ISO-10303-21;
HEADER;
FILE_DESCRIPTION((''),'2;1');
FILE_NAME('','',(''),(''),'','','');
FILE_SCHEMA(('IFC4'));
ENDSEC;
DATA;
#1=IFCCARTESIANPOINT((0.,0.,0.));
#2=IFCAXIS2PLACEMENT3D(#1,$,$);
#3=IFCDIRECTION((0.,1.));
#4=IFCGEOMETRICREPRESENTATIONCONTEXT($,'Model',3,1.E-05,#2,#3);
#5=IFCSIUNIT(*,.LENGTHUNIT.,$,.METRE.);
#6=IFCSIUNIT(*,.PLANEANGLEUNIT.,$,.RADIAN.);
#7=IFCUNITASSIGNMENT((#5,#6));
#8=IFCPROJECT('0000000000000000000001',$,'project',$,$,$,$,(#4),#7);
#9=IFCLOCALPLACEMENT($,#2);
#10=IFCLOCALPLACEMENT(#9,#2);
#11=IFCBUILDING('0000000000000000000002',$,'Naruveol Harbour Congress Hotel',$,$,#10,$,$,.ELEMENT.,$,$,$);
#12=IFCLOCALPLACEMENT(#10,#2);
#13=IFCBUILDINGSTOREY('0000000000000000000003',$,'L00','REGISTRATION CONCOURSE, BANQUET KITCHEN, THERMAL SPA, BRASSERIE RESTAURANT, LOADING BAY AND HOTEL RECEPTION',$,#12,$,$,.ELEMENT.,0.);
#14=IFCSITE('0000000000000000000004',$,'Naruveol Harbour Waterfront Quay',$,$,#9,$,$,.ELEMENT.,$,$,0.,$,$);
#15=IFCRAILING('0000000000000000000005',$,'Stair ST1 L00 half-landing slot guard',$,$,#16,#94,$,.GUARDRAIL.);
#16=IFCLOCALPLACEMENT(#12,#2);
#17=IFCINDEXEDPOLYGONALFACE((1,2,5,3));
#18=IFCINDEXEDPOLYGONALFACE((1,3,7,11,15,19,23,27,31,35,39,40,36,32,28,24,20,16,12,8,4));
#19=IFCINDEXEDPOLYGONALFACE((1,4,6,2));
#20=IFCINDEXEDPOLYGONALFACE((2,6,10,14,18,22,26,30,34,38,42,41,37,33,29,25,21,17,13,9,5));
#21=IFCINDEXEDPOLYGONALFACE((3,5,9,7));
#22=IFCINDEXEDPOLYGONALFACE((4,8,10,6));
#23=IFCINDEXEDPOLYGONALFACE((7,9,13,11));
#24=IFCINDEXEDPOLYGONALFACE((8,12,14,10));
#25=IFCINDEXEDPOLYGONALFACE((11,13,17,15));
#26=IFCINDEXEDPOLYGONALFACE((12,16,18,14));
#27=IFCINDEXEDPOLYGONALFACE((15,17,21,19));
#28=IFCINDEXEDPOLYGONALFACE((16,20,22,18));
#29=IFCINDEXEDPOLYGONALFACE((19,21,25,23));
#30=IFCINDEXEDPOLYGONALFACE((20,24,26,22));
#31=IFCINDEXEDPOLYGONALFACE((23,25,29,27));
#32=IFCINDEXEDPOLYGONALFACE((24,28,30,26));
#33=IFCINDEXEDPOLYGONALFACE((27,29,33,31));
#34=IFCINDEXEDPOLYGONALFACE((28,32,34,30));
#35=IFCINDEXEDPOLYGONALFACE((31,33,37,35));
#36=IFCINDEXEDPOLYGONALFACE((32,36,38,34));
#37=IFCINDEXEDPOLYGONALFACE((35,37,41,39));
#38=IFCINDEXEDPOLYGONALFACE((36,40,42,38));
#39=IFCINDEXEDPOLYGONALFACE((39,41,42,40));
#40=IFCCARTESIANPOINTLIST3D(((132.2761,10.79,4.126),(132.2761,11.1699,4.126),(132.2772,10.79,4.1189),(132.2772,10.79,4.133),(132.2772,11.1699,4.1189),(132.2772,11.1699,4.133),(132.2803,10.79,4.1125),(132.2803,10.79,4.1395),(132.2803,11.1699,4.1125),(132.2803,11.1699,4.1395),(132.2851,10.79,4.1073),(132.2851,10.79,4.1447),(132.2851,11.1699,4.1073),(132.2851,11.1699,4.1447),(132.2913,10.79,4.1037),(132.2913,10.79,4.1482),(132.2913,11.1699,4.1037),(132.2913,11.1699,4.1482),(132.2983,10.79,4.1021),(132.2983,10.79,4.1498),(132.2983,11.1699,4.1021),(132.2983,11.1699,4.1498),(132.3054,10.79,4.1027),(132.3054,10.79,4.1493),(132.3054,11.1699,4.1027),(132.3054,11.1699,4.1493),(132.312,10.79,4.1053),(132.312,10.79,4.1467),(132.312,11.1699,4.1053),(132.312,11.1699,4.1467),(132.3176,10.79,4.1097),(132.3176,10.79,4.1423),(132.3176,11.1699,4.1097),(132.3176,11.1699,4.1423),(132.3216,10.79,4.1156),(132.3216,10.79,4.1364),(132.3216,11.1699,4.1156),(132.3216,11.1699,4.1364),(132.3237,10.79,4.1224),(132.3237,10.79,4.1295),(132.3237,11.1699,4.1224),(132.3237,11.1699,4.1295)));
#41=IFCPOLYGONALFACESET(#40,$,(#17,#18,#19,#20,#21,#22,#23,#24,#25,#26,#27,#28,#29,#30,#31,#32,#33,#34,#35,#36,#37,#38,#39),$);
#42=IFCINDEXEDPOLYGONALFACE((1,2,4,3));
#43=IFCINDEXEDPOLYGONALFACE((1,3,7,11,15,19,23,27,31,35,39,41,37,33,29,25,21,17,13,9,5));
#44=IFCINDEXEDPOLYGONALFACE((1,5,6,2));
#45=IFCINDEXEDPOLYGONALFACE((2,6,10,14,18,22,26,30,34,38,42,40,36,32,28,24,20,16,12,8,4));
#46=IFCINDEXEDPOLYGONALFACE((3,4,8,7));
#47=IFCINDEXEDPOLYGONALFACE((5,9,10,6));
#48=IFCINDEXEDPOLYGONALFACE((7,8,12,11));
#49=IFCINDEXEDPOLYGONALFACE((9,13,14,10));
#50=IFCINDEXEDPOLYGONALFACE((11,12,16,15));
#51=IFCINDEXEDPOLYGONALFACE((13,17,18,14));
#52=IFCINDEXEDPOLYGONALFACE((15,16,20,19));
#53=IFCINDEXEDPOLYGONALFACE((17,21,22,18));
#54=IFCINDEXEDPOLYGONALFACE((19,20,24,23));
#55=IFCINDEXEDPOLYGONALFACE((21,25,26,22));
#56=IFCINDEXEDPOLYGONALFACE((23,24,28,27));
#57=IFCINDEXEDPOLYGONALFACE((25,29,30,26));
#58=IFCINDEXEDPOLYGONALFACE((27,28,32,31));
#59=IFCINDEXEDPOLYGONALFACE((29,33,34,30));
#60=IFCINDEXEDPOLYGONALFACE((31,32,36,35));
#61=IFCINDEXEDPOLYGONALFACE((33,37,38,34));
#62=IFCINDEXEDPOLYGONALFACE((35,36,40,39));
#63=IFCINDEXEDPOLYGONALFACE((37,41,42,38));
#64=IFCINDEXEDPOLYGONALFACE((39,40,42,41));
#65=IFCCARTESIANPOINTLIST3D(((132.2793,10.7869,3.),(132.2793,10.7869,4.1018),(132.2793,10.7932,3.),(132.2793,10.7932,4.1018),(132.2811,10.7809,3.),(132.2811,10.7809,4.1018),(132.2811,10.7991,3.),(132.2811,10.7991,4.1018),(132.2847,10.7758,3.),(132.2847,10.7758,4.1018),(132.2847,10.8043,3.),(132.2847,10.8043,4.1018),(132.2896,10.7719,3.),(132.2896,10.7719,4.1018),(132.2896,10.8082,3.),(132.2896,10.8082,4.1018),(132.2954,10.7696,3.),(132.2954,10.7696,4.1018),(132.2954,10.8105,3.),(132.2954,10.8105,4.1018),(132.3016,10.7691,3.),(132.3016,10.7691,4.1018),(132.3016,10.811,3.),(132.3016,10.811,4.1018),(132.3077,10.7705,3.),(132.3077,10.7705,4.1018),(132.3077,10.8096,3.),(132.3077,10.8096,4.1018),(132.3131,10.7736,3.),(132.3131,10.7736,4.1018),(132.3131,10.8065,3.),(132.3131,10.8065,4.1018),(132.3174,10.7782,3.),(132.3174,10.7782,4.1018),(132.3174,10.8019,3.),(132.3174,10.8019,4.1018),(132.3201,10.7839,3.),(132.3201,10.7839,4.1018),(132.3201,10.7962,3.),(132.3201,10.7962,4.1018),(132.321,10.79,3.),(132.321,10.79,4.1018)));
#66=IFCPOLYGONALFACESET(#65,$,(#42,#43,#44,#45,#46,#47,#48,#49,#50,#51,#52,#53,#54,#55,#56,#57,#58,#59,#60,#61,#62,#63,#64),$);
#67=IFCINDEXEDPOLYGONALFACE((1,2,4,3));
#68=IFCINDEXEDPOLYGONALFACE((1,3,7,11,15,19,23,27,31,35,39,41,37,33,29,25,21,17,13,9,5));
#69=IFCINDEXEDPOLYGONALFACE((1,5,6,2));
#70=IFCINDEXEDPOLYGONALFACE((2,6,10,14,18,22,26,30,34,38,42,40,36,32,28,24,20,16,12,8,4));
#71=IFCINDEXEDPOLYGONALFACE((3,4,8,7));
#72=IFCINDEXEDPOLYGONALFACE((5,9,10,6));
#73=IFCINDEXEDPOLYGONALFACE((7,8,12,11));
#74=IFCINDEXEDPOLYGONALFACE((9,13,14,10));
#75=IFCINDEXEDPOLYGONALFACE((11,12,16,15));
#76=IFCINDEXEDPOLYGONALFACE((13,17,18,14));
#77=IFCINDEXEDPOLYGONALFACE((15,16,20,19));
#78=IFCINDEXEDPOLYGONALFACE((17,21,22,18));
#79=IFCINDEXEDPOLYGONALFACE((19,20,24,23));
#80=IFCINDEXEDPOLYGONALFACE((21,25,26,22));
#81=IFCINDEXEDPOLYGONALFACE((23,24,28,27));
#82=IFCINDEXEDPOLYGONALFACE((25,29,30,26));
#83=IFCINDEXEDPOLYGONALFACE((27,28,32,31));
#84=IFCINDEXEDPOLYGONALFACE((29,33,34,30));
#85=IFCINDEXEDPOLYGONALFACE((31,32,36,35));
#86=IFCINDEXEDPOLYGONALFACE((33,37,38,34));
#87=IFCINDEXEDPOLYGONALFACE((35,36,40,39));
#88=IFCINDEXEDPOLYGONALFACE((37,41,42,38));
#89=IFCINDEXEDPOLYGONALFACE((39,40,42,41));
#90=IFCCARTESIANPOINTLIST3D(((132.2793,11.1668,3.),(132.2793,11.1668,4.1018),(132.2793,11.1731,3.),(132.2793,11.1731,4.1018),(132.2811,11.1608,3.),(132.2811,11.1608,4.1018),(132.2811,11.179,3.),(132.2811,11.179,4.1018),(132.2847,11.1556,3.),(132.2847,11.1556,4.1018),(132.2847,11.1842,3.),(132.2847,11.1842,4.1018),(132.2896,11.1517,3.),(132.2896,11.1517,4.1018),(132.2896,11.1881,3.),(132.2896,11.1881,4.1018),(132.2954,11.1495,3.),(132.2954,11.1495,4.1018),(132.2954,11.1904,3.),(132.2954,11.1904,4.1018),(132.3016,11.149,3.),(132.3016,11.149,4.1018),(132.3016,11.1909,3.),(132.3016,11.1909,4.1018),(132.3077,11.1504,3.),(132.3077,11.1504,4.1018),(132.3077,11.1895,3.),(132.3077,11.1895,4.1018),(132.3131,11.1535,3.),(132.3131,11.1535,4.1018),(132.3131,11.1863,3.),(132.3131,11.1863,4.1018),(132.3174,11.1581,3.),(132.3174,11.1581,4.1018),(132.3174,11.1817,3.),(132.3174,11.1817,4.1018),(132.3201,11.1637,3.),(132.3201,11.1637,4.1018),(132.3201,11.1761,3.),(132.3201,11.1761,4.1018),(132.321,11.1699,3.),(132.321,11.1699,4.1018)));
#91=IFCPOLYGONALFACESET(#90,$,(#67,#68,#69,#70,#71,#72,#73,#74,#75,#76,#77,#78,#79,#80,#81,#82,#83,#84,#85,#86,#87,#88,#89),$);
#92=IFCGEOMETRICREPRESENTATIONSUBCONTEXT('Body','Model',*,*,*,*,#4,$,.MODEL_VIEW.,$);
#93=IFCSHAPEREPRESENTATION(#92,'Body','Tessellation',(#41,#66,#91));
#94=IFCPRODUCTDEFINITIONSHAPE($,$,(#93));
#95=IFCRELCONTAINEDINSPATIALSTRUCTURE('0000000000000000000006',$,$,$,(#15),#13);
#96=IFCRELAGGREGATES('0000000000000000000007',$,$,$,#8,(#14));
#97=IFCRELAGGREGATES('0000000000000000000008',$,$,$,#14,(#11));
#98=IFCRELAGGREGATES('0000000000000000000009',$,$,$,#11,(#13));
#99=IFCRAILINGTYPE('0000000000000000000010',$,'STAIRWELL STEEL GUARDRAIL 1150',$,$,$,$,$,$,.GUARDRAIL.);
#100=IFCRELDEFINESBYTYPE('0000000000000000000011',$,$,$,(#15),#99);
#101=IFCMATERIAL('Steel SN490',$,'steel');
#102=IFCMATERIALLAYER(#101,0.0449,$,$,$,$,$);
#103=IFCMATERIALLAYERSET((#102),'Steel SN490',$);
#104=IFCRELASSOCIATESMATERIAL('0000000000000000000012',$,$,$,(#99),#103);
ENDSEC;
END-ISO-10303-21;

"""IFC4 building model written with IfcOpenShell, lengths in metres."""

from ifc_helpers import new_model, si_unit, direction, frame, origin, origin_2d, place, context, subcontext, project, spatial, circle, extrude, material, layer, layer_set, type_object, element, save


model = new_model("IFC4")

# Units and contexts
model_context = context("Model", 3, precision=1e-05, world=origin(), true_north=direction((0.0, 1.0)))
body_context = subcontext(model_context, "Body", "Model", "MODEL_VIEW")
ifc_project = project(units=[si_unit("LENGTHUNIT", "METRE"), si_unit("PLANEANGLEUNIT", "RADIAN")], contexts=[model_context])

# Site, building, storey
site_placement = place(None, origin())
site = spatial("IfcSite", under=ifc_project, at=site_placement, Name="Naruveol Harbour Waterfront Quay", CompositionType="ELEMENT", RefElevation=0.0)
building_placement = place(site_placement, origin())
building = spatial("IfcBuilding", under=site, at=building_placement, Name="Naruveol Harbour Congress Hotel", CompositionType="ELEMENT")
storey_placement = place(building_placement, origin())
storey = spatial("IfcBuildingStorey", under=building, at=storey_placement, Name="L00", Description="REGISTRATION CONCOURSE, BANQUET KITCHEN, THERMAL SPA, BRASSERIE RESTAURANT, LOADING BAY AND HOTEL RECEPTION", CompositionType="ELEMENT", Elevation=0.0)

# Railing
ifc_material_1 = material(Name="Steel SN490", Category="steel")
ifc_layer_1 = layer(ifc_material_1, 0.0449)
ifc_layer_set_1 = layer_set([ifc_layer_1], Name="Steel SN490")
railing_type_1 = type_object("IfcRailingType", Name="STAIRWELL STEEL GUARDRAIL 1150", PredefinedType="GUARDRAIL", material=ifc_layer_set_1)
railing_1_placement = place(storey_placement, frame((132.3, 10.79, 3.0)))
element("IfcRailing", 1, at=railing_1_placement, inside=storey, type_object=railing_type_1, Name="Stair ST1 L00 half-landing slot guard", PredefinedType="GUARDRAIL", context=body_context, shape_type="SweptSolid", body=[
    extrude(circle(Radius=0.0239, at=origin_2d()), frame((0.0, 0.0, 1.126), z_axis=(0.0, 1.0, 0.0), x_axis=(-1.0, 0.0, 0.0)), (0.0, 0.0, 1.0), 0.3799),
    extrude(circle(Radius=0.021, at=origin_2d()), origin(), (0.0, 0.0, 1.0), 1.1018),
    extrude(circle(Radius=0.021, at=origin_2d()), frame((0.0, 0.3799, 0.0)), (0.0, 0.0, 1.0), 1.1018),
])

save(model, "model.ifc")
